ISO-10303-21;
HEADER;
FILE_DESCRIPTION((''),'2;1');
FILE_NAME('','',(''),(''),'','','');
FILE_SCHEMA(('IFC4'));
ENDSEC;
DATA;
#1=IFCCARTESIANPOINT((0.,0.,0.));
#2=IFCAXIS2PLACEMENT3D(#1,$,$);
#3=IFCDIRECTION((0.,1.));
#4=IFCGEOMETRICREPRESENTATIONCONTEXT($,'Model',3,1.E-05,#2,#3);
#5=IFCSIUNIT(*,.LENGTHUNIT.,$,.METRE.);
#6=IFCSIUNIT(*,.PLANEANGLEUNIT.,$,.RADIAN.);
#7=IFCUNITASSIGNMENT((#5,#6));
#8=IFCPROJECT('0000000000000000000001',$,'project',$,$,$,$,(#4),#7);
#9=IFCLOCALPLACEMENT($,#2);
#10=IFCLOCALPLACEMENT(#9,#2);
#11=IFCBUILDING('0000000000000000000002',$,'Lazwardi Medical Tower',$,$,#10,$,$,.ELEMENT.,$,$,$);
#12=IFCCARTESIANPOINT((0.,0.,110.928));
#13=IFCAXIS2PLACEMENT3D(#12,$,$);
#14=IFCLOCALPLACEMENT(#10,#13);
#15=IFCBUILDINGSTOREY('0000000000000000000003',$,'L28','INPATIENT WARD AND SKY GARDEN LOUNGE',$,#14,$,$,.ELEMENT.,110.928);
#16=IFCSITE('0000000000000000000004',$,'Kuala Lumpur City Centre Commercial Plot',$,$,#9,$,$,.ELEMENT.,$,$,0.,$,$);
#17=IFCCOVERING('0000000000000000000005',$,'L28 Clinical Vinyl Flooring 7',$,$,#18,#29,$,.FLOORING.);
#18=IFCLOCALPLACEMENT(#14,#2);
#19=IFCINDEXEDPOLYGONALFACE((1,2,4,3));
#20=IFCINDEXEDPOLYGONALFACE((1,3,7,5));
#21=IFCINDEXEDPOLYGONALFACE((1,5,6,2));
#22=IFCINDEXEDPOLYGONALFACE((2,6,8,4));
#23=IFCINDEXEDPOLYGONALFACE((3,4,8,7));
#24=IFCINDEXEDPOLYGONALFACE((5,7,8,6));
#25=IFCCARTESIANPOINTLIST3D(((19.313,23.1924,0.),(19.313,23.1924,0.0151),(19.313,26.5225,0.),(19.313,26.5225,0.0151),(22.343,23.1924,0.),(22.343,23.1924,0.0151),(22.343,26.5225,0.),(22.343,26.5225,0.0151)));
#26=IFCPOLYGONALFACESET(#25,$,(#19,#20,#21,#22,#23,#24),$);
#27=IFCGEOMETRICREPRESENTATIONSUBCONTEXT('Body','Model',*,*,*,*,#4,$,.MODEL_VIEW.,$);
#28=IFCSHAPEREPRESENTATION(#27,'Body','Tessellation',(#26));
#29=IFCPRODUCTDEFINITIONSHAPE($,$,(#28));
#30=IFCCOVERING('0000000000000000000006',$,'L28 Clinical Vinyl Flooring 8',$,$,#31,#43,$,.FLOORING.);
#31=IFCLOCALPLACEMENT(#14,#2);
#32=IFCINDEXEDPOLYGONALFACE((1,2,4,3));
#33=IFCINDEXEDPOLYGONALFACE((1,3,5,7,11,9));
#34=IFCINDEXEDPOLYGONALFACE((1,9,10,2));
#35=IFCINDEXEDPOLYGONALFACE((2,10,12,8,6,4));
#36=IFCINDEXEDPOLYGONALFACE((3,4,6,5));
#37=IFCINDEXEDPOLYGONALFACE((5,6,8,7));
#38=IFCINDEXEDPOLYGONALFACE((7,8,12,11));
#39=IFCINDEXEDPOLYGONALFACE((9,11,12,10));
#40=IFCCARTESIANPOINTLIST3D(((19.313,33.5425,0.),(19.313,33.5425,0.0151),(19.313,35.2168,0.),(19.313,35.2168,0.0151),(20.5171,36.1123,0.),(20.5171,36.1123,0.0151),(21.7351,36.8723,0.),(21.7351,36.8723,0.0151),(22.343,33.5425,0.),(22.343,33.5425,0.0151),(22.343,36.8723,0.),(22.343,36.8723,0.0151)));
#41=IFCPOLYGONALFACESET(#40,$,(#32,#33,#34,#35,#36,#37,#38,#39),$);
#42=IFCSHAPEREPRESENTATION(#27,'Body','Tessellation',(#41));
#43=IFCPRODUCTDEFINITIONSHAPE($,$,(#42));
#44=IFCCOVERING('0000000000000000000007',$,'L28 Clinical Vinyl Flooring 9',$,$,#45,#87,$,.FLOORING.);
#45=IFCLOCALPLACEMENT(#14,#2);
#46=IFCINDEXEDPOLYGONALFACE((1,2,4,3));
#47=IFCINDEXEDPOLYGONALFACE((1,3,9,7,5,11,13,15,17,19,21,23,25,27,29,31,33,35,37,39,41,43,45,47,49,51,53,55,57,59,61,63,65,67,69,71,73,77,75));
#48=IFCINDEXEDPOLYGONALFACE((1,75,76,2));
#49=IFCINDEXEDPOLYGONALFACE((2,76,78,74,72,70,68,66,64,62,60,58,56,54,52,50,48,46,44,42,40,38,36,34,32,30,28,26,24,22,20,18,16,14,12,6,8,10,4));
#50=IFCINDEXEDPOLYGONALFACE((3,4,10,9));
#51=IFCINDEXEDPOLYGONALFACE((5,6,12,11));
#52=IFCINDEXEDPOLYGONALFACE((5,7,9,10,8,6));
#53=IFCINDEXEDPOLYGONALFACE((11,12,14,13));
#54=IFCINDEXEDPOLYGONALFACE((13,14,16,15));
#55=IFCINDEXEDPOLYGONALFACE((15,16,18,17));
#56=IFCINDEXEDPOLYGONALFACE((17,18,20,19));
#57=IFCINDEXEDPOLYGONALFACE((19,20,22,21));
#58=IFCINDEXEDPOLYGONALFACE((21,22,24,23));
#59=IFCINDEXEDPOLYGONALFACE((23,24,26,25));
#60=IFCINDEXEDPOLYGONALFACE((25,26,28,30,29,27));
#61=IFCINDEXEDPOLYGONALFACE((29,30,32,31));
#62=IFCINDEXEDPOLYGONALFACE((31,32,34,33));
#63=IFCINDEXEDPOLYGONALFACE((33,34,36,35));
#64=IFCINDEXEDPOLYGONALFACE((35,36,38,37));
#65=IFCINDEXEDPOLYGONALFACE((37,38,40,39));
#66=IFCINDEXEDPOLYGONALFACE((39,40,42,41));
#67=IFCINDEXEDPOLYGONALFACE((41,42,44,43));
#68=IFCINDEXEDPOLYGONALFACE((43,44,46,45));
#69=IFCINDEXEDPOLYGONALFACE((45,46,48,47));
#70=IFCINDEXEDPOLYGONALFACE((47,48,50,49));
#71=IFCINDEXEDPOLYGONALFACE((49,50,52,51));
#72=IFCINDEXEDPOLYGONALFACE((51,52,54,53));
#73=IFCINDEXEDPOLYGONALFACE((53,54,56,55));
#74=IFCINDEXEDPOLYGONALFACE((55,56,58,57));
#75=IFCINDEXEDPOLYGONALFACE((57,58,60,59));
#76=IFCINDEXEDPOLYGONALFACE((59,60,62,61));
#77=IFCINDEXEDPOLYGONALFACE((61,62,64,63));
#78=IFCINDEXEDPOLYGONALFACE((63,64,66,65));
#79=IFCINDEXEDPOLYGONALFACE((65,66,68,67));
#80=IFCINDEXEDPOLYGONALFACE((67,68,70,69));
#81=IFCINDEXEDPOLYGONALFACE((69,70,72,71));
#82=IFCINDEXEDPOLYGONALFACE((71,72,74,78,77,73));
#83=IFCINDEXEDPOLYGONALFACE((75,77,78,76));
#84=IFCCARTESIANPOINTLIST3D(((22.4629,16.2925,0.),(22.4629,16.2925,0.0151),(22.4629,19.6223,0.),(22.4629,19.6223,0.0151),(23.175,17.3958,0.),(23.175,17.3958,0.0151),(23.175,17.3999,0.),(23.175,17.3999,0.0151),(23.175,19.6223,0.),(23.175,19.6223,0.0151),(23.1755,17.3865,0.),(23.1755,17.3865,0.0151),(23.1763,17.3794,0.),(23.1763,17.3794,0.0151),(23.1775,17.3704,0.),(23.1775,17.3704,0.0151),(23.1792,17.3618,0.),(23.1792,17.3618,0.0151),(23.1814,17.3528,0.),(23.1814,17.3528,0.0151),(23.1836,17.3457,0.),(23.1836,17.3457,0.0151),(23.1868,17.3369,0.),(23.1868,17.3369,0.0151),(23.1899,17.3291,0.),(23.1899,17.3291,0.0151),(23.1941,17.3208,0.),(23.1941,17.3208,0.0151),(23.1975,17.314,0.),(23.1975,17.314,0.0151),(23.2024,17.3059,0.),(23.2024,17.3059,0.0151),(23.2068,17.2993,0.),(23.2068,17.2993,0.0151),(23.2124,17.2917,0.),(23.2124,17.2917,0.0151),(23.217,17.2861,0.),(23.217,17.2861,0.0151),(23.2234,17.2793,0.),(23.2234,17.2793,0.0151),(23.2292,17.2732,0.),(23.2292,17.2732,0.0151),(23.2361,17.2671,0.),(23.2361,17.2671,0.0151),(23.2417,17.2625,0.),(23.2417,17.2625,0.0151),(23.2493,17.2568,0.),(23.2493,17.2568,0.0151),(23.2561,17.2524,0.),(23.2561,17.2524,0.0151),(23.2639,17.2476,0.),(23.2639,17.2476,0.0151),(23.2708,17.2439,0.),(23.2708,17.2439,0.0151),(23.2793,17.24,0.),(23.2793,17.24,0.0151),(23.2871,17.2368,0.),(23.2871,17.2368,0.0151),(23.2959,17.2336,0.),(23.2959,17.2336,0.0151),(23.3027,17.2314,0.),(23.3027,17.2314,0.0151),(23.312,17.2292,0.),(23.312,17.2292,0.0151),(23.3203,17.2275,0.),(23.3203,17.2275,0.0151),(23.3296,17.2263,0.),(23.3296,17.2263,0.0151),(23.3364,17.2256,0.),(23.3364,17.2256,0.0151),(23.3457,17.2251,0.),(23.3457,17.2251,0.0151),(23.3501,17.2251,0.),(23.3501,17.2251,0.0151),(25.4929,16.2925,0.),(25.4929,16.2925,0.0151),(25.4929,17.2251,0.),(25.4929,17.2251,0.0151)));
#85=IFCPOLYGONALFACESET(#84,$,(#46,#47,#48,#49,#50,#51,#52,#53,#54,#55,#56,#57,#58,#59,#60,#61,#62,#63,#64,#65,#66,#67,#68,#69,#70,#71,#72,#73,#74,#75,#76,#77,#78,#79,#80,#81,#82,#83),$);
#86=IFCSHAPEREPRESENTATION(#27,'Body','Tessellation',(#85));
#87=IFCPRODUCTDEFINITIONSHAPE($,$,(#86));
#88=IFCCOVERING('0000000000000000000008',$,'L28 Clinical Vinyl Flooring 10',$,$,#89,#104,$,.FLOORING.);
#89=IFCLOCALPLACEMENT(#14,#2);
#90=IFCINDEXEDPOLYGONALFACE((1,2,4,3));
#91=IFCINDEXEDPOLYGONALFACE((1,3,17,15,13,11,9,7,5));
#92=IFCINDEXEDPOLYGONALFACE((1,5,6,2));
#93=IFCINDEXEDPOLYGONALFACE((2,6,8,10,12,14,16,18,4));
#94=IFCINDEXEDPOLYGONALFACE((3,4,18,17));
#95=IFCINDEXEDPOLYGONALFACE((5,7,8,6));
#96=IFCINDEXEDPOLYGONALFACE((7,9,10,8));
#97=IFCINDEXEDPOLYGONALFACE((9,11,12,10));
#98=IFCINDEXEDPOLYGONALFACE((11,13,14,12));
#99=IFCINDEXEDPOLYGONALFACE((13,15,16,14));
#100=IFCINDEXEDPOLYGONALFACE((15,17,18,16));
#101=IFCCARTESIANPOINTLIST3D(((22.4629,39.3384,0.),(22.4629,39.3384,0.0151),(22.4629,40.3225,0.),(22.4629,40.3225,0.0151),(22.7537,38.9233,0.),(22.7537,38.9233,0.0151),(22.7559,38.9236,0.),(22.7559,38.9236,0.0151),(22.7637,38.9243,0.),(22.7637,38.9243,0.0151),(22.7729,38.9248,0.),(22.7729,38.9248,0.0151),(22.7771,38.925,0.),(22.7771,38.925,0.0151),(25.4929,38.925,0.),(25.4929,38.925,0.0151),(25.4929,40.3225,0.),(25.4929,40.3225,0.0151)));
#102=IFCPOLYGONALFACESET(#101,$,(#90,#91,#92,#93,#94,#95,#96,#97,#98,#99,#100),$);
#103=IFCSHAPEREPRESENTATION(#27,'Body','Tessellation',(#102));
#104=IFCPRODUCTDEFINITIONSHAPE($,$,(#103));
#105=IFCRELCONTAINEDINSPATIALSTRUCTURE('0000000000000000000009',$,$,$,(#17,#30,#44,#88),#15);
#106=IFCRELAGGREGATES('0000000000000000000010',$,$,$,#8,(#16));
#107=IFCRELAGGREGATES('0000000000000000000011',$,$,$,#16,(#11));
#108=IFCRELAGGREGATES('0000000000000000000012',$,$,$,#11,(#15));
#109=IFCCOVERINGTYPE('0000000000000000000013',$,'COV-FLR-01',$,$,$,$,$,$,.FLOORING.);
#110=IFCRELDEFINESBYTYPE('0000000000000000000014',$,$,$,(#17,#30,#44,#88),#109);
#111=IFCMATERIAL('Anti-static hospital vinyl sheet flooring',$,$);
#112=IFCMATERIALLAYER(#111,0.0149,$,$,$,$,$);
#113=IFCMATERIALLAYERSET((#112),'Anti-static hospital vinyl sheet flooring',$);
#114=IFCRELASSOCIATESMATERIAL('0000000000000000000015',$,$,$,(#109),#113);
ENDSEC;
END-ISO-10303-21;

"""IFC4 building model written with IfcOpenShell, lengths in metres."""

from ifc_helpers import new_model, si_unit, direction, frame, origin, place, context, subcontext, project, spatial, polyline, outline, extrude, material, layer, layer_set, type_object, element, save


model = new_model("IFC4")

# Units and contexts
model_context = context("Model", 3, precision=1e-05, world=origin(), true_north=direction((0.0, 1.0)))
body_context = subcontext(model_context, "Body", "Model", "MODEL_VIEW")
ifc_project = project(units=[si_unit("LENGTHUNIT", "METRE"), si_unit("PLANEANGLEUNIT", "RADIAN")], contexts=[model_context])

# Site, building, storey
site_placement = place(None, origin())
site = spatial("IfcSite", under=ifc_project, at=site_placement, Name="Kuala Lumpur City Centre Commercial Plot", CompositionType="ELEMENT", RefElevation=0.0)
building_placement = place(site_placement, origin())
building = spatial("IfcBuilding", under=site, at=building_placement, Name="Lazwardi Medical Tower", CompositionType="ELEMENT")
storey_placement = place(building_placement, frame((0.0, 0.0, 110.928)))
storey = spatial("IfcBuildingStorey", under=building, at=storey_placement, Name="L28", Description="INPATIENT WARD AND SKY GARDEN LOUNGE", CompositionType="ELEMENT", Elevation=110.928)

# Coverings
ifc_material_1 = material(Name="Anti-static hospital vinyl sheet flooring")
ifc_layer_1 = layer(ifc_material_1, 0.0149)
ifc_layer_set_1 = layer_set([ifc_layer_1], Name="Anti-static hospital vinyl sheet flooring")
covering_type_1 = type_object("IfcCoveringType", Name="COV-FLR-01", PredefinedType="FLOORING", material=ifc_layer_set_1)
covering_1_placement = place(storey_placement, origin())
element("IfcCovering", 1, at=covering_1_placement, inside=storey, type_object=covering_type_1, Name="L28 Clinical Vinyl Flooring 7", PredefinedType="FLOORING", context=body_context, shape_type="SweptSolid", body=[
    extrude(outline(polyline([(22.343, 23.1924), (22.343, 26.5225), (19.313, 26.5225), (19.313, 23.1924), (22.343, 23.1924)])), origin(), (0.0, 0.0, 1.0), 0.0151),
])
covering_2_placement = place(storey_placement, origin())
element("IfcCovering", 2, at=covering_2_placement, inside=storey, type_object=covering_type_1, Name="L28 Clinical Vinyl Flooring 8", PredefinedType="FLOORING", context=body_context, shape_type="SweptSolid", body=[
    extrude(outline(polyline([(21.7351, 36.8723), (20.5171, 36.1123), (19.313, 35.2168), (19.313, 33.5425), (22.343, 33.5425), (22.343, 36.8723), (21.7351, 36.8723)])), origin(), (0.0, 0.0, 1.0), 0.0151),
])
covering_3_placement = place(storey_placement, origin())
element("IfcCovering", 3, at=covering_3_placement, inside=storey, type_object=covering_type_1, Name="L28 Clinical Vinyl Flooring 9", PredefinedType="FLOORING", context=body_context, shape_type="SweptSolid", body=[
    extrude(outline(polyline([(25.4929, 17.2251), (23.3501, 17.2251), (23.3457, 17.2251), (23.3364, 17.2256), (23.3296, 17.2263), (23.3203, 17.2275), (23.312, 17.2292), (23.3027, 17.2314), (23.2959, 17.2336), (23.2871, 17.2368), (23.2793, 17.24), (23.2708, 17.2439), (23.2639, 17.2476), (23.2561, 17.2524), (23.2493, 17.2568), (23.2417, 17.2625), (23.2361, 17.2671), (23.2292, 17.2732), (23.2234, 17.2793), (23.217, 17.2861), (23.2124, 17.2917), (23.2068, 17.2993), (23.2024, 17.3059), (23.1975, 17.314), (23.1941, 17.3208), (23.1899, 17.3291), (23.1868, 17.3369), (23.1836, 17.3457), (23.1814, 17.3528), (23.1792, 17.3618), (23.1775, 17.3704), (23.1763, 17.3794), (23.1755, 17.3865), (23.175, 17.3958), (23.175, 17.3999), (23.175, 19.6223), (22.4629, 19.6223), (22.4629, 16.2925), (25.4929, 16.2925), (25.4929, 17.2251)])), origin(), (0.0, 0.0, 1.0), 0.0151),
])
covering_4_placement = place(storey_placement, origin())
element("IfcCovering", 4, at=covering_4_placement, inside=storey, type_object=covering_type_1, Name="L28 Clinical Vinyl Flooring 10", PredefinedType="FLOORING", context=body_context, shape_type="SweptSolid", body=[
    extrude(outline(polyline([(22.4629, 39.3384), (22.7537, 38.9233), (22.7559, 38.9236), (22.7637, 38.9243), (22.7729, 38.9248), (22.7771, 38.925), (25.4929, 38.925), (25.4929, 40.3225), (22.4629, 40.3225), (22.4629, 39.3384)])), origin(), (0.0, 0.0, 1.0), 0.0151),
])

save(model, "model.ifc")
